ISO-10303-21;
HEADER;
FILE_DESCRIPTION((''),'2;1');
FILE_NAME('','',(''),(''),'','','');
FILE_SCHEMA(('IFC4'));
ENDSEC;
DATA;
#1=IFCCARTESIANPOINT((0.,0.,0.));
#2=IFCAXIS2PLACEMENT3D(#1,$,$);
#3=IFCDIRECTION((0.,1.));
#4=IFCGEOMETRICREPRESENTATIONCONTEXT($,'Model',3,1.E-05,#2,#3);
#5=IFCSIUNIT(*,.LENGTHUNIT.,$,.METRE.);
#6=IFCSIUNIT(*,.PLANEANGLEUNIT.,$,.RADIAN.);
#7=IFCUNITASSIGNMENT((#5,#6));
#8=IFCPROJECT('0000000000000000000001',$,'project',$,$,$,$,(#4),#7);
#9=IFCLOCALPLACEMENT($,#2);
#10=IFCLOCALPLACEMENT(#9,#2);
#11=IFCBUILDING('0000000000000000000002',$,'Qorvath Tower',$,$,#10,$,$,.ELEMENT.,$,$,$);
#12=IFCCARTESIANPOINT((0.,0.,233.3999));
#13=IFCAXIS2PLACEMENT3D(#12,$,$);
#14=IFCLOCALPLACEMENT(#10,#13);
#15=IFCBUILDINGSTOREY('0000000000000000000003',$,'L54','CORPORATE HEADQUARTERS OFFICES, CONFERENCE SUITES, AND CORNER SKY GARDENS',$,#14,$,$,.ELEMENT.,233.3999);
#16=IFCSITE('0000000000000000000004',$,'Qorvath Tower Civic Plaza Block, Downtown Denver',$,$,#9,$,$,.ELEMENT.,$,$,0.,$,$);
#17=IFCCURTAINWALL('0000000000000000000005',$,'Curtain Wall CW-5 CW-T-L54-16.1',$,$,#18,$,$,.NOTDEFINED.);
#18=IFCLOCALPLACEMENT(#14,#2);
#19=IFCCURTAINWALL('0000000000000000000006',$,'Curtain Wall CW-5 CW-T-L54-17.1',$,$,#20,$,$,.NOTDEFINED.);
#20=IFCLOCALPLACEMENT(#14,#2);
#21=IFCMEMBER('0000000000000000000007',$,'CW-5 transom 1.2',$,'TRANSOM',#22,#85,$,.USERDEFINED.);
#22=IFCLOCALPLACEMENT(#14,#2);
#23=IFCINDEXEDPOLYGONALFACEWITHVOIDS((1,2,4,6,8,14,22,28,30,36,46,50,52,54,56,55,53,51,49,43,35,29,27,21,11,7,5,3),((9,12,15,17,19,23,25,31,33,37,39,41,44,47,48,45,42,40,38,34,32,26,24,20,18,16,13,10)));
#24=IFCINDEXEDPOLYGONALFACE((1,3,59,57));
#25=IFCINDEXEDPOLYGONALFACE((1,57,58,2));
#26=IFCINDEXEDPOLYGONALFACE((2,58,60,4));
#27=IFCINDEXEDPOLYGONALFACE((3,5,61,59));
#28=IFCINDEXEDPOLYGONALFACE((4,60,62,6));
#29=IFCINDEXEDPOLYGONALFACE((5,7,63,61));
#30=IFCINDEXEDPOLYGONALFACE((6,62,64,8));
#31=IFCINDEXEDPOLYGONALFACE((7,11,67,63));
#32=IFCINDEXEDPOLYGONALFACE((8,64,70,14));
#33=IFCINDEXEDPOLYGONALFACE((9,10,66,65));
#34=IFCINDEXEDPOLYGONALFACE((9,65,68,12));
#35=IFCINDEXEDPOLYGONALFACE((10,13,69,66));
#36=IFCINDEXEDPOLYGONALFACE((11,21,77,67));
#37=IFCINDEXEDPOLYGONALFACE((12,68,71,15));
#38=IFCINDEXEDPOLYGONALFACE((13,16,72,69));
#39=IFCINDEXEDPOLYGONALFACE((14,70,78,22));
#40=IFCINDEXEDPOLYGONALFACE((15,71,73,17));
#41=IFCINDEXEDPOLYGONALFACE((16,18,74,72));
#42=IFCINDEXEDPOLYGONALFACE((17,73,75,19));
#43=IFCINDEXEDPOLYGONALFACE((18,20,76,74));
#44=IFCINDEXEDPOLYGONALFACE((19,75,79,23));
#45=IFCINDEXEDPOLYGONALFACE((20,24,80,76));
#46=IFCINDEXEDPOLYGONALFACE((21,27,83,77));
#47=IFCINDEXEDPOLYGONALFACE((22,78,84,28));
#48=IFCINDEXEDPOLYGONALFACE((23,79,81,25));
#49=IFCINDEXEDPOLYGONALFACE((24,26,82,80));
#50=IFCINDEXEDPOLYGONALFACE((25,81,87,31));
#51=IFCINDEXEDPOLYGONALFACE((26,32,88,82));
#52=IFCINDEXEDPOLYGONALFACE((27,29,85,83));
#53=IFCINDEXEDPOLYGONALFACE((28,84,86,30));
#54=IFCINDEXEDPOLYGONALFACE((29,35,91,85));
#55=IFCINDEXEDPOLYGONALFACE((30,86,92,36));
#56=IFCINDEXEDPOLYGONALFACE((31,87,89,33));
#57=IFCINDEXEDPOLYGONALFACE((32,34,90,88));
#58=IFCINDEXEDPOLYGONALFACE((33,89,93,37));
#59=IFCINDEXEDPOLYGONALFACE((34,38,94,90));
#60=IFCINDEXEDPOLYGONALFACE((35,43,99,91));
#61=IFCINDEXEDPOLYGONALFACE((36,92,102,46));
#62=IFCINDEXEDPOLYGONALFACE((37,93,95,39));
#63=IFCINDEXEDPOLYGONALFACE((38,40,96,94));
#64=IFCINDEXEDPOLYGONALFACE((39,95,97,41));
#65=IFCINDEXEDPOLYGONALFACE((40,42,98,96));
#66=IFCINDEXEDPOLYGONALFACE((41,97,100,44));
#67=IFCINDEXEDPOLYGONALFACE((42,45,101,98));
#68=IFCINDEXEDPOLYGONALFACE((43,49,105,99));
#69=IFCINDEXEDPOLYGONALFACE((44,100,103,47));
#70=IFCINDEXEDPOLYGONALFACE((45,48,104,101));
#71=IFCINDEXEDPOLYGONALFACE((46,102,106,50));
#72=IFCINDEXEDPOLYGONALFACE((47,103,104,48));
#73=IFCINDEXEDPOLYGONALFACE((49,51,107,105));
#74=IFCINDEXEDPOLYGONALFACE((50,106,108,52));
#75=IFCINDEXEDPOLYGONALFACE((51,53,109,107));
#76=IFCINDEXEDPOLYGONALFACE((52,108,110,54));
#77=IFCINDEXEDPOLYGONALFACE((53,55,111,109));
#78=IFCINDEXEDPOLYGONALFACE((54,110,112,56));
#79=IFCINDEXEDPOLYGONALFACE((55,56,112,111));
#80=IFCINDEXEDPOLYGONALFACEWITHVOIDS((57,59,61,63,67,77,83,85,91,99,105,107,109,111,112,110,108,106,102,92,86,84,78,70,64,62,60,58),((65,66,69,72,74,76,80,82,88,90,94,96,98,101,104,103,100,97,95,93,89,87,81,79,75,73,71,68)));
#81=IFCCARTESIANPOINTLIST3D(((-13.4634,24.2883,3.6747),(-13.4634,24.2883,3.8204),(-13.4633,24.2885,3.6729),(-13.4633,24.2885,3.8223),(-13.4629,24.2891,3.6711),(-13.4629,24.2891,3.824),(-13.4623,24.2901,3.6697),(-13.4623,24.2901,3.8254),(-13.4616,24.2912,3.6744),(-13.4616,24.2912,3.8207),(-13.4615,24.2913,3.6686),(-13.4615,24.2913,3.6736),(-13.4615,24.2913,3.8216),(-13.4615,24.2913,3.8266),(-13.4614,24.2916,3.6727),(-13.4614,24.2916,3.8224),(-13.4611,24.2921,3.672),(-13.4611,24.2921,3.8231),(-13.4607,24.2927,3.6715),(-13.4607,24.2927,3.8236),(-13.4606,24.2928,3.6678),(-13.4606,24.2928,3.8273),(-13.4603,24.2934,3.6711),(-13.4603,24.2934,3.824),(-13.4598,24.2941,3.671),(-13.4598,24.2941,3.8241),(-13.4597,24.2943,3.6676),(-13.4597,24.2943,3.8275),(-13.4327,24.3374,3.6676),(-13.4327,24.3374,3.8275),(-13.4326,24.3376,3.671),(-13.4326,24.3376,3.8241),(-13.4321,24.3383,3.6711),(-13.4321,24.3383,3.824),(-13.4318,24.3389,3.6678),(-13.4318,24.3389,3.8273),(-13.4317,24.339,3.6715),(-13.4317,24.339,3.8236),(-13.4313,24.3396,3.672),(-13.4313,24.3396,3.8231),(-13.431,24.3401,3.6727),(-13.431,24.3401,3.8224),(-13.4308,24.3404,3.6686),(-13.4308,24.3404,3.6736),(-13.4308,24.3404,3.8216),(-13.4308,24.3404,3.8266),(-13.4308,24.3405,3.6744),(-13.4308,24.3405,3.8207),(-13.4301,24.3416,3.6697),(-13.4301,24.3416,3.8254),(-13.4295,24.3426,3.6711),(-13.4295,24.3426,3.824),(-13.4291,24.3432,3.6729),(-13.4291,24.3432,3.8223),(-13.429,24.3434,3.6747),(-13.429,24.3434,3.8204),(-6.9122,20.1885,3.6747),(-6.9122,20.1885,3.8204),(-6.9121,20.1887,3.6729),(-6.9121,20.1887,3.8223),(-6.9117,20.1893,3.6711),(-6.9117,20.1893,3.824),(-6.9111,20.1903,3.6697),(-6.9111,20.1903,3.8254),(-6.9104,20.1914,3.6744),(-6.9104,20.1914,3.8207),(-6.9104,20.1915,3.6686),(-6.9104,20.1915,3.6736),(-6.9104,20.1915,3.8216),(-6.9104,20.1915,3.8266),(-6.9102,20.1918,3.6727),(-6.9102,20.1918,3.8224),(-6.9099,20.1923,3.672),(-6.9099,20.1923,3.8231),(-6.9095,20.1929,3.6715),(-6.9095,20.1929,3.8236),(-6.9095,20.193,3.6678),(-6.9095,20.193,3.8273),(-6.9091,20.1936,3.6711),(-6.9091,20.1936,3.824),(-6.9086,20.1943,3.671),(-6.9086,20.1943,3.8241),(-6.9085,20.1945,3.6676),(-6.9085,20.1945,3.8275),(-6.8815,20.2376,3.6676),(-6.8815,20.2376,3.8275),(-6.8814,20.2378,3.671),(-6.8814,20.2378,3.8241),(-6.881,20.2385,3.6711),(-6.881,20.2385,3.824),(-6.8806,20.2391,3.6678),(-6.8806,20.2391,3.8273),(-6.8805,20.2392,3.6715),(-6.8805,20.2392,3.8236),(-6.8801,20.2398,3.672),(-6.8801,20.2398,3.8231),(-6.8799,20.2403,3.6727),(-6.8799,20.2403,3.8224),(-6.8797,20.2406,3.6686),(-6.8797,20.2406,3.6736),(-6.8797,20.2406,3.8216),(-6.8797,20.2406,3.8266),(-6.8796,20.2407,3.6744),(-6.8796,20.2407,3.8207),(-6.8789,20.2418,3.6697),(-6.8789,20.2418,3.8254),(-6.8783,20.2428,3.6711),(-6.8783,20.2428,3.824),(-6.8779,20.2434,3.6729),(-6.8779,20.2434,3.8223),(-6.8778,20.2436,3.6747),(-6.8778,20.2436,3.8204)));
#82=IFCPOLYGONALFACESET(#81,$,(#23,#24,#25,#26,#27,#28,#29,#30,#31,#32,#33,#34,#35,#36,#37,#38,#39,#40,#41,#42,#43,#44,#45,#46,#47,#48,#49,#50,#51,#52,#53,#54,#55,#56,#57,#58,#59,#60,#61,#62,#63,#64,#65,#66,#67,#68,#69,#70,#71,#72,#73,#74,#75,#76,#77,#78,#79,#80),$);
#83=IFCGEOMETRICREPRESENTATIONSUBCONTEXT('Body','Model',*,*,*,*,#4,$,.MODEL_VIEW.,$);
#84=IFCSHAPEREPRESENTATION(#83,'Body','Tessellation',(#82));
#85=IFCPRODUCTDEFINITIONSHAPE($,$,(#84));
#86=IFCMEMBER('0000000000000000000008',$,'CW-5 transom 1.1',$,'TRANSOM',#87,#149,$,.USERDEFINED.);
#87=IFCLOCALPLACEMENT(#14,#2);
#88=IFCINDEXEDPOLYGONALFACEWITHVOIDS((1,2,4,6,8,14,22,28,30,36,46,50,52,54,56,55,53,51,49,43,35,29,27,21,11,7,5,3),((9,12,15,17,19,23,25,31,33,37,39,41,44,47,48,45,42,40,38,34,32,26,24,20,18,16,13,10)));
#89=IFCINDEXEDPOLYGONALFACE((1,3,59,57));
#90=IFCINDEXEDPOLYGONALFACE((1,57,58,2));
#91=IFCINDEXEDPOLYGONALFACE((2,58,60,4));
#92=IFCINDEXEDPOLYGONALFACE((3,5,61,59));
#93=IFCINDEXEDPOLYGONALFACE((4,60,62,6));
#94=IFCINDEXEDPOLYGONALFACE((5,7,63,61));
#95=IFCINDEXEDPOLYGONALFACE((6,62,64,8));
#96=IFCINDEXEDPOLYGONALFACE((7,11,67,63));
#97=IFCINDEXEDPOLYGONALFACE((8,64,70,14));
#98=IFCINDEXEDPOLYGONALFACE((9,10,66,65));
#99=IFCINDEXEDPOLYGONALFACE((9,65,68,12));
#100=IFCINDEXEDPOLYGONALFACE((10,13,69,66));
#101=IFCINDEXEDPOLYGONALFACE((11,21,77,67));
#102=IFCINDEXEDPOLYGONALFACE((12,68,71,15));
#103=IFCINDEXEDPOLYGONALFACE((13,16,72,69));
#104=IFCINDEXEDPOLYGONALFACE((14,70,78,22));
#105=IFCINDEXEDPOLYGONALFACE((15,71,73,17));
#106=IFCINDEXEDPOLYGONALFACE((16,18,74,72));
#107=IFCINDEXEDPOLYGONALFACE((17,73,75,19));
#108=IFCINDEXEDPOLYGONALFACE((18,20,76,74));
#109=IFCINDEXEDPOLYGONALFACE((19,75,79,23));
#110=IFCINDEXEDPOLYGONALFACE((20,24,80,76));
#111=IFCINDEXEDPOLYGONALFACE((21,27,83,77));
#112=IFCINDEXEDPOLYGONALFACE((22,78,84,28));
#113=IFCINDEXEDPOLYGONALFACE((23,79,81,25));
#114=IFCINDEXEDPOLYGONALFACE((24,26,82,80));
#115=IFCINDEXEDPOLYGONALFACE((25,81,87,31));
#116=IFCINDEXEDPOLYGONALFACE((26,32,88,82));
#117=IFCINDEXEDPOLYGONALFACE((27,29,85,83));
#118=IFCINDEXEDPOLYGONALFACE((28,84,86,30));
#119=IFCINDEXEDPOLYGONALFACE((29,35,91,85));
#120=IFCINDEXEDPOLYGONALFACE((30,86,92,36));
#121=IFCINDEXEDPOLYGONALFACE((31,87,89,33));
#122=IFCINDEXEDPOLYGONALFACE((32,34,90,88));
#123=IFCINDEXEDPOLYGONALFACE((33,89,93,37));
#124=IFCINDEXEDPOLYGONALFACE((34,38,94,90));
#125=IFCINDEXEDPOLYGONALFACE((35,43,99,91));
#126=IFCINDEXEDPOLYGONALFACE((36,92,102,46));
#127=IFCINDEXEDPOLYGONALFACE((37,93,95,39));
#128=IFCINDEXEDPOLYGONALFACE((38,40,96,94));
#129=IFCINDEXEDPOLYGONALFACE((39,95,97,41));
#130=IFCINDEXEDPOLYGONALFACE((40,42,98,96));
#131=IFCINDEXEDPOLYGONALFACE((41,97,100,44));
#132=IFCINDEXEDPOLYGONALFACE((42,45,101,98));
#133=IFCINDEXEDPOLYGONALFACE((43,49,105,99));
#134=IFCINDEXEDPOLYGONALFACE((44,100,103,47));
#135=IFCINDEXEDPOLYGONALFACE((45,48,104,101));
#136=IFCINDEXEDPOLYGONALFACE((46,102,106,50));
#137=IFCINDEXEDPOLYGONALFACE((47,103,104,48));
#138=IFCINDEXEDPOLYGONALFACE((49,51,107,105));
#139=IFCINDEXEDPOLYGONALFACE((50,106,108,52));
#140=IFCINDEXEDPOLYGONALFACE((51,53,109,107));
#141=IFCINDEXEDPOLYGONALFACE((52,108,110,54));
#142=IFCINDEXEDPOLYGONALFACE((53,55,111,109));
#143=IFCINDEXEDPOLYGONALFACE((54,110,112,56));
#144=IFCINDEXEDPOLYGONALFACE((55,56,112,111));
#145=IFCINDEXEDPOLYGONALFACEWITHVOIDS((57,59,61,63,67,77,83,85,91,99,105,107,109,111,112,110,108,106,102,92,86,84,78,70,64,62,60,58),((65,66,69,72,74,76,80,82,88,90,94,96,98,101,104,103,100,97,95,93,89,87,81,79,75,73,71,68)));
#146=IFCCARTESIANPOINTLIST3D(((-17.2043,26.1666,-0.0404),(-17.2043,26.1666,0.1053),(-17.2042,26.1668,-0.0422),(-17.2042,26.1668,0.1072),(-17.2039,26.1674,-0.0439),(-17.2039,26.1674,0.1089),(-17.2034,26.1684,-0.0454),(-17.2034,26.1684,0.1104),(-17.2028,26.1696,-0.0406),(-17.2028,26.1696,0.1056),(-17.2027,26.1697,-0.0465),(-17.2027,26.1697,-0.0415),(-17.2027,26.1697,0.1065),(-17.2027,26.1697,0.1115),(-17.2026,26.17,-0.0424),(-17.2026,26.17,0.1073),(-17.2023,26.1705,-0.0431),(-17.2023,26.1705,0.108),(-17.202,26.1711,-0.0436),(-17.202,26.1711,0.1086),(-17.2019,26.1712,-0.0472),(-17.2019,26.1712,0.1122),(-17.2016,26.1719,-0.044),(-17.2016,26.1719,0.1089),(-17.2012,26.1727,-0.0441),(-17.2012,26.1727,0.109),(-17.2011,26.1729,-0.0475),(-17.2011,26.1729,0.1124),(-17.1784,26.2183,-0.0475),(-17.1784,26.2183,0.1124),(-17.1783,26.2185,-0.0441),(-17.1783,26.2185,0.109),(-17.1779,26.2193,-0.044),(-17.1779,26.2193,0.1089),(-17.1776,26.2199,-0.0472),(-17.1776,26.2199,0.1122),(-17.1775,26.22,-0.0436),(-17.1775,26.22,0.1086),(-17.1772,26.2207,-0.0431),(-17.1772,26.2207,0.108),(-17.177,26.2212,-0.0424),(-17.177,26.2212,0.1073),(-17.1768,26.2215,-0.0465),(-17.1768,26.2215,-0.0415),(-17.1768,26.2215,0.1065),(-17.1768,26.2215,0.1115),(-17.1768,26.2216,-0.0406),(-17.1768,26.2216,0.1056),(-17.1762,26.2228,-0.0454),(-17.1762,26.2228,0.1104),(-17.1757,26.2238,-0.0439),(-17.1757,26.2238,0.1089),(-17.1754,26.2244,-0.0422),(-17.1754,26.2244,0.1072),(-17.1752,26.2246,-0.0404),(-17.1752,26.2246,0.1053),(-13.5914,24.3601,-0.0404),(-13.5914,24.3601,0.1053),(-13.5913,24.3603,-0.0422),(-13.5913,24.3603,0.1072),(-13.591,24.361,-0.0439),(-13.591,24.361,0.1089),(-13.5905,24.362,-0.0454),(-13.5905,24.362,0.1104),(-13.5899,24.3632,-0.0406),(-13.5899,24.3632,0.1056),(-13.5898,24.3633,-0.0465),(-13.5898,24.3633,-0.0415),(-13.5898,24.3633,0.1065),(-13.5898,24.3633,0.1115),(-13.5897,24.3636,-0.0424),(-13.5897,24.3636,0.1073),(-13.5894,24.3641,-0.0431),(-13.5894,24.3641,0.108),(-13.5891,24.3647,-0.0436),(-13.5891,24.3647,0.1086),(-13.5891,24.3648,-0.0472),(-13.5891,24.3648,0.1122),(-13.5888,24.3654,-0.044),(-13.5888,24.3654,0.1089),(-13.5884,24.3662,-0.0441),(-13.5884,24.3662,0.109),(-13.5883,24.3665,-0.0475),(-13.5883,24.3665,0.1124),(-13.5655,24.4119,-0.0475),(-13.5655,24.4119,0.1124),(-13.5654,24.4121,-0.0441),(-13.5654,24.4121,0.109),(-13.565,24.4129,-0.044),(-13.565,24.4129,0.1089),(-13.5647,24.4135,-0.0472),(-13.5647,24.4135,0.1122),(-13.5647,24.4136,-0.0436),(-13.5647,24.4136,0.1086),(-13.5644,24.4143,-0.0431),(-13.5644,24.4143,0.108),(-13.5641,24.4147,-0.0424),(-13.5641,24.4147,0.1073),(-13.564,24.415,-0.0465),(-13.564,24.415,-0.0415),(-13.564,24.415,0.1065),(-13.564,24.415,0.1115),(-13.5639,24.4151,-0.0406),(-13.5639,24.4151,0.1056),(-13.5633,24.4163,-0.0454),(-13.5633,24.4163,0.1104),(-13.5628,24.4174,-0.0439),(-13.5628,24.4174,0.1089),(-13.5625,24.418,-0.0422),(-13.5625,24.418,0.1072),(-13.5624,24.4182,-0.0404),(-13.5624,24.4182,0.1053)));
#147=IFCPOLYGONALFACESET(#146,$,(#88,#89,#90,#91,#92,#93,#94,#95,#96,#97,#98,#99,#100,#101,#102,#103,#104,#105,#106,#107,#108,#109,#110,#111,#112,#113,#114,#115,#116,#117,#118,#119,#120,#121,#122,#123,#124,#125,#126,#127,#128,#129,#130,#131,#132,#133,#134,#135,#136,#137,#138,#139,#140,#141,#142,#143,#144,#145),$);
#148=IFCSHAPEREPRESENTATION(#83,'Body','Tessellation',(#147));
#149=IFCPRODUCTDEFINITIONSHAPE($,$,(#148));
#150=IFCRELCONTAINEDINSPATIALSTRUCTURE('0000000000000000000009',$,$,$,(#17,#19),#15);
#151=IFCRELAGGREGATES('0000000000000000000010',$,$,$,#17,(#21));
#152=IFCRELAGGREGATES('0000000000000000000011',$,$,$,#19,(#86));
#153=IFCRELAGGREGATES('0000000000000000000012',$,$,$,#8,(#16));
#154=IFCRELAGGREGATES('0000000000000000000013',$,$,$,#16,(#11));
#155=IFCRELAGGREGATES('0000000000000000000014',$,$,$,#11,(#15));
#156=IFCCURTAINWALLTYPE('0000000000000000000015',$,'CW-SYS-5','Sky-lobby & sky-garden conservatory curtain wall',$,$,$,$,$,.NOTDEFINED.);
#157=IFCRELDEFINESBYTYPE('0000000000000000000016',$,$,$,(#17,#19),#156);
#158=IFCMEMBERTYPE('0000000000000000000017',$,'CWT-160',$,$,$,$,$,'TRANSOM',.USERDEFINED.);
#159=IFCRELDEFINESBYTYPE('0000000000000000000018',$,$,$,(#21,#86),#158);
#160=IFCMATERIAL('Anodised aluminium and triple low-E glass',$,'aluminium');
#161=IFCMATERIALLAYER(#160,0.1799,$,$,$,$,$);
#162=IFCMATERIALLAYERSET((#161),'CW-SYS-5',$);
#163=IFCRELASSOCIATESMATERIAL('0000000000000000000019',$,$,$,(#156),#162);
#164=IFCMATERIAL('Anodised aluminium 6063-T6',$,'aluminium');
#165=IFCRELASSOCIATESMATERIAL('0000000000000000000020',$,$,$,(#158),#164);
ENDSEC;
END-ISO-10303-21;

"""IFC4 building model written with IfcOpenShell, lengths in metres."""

from ifc_helpers import new_model, si_unit, direction, frame, origin, origin_2d, place, context, subcontext, project, spatial, hollow_rectangle, extrude, material, layer, layer_set, material_profile, profile_set, type_object, element, aggregate, save


model = new_model("IFC4")

# Units and contexts
model_context = context("Model", 3, precision=1e-05, world=origin(), true_north=direction((0.0, 1.0)))
body_context = subcontext(model_context, "Body", "Model", "MODEL_VIEW")
ifc_project = project(units=[si_unit("LENGTHUNIT", "METRE"), si_unit("PLANEANGLEUNIT", "RADIAN")], contexts=[model_context])

# Site, building, storey
site_placement = place(None, origin())
site = spatial("IfcSite", under=ifc_project, at=site_placement, Name="Qorvath Tower Civic Plaza Block, Downtown Denver", CompositionType="ELEMENT", RefElevation=0.0)
building_placement = place(site_placement, origin())
building = spatial("IfcBuilding", under=site, at=building_placement, Name="Qorvath Tower", CompositionType="ELEMENT")
storey_placement = place(building_placement, frame((0.0, 0.0, 233.3999)))
storey = spatial("IfcBuildingStorey", under=building, at=storey_placement, Name="L54", Description="CORPORATE HEADQUARTERS OFFICES, CONFERENCE SUITES, AND CORNER SKY GARDENS", CompositionType="ELEMENT", Elevation=233.3999)

# Shared definitions
ifc_material_1 = material(Name="Anodised aluminium and triple low-E glass", Category="aluminium")
ifc_layer_1 = layer(ifc_material_1, 0.1799)
ifc_layer_set_1 = layer_set([ifc_layer_1], Name="CW-SYS-5")
curtain_wall_type = type_object("IfcCurtainWallType", Name="CW-SYS-5", Description="Sky-lobby & sky-garden conservatory curtain wall", PredefinedType="NOTDEFINED", material=ifc_layer_set_1)

# Curtain walls
curtain_wall_1_placement = place(storey_placement, origin())
curtain_wall_1 = element("IfcCurtainWall", 1, at=curtain_wall_1_placement, inside=storey, type_object=curtain_wall_type, Name="Curtain Wall CW-5 CW-T-L54-16.1", PredefinedType="NOTDEFINED")
curtain_wall_2_placement = place(storey_placement, origin())
curtain_wall_2 = element("IfcCurtainWall", 2, at=curtain_wall_2_placement, inside=storey, type_object=curtain_wall_type, Name="Curtain Wall CW-5 CW-T-L54-17.1", PredefinedType="NOTDEFINED")

# Members
ifc_material_2 = material(Name="Anodised aluminium 6063-T6", Category="aluminium")
ifc_material_profile_1 = material_profile(ifc_material_2, hollow_rectangle(XDim=0.0649, YDim=0.1599, WallThickness=0.0034, InnerFilletRadius=0.0034, OuterFilletRadius=0.0071, at=origin_2d()), Name="CWT 160x65")
ifc_profile_set_1 = profile_set([ifc_material_profile_1], Name="Anodised aluminium 6063-T6")
member_type_1 = type_object("IfcMemberType", Name="CWT-160", ElementType="TRANSOM", PredefinedType="USERDEFINED", material=ifc_profile_set_1)
member_1_placement = place(storey_placement, frame((-6.895, 20.2161, 3.7476), z_axis=(-0.847689, 0.530493, 0.0), x_axis=(-0.530493, -0.847689, 0.0)))
member_1 = element("IfcMember", 3, at=member_1_placement, type_object=member_type_1, Name="CW-5 transom 1.2", ObjectType="TRANSOM", PredefinedType="USERDEFINED", context=body_context, shape_type="SweptSolid", body=[
    extrude(hollow_rectangle(XDim=0.0649, YDim=0.1599, WallThickness=0.0034, InnerFilletRadius=0.0034, OuterFilletRadius=0.0071, at=origin_2d()), origin(), (0.0, 0.0, 1.0), 7.7283),
])
member_2_placement = place(storey_placement, frame((-13.5769, 24.3892, 0.0325), z_axis=(-0.894427, 0.447214, 0.0), x_axis=(-0.447214, -0.894427, 0.0)))
member_2 = element("IfcMember", 4, at=member_2_placement, type_object=member_type_1, Name="CW-5 transom 1.1", ObjectType="TRANSOM", PredefinedType="USERDEFINED", context=body_context, shape_type="SweptSolid", body=[
    extrude(hollow_rectangle(XDim=0.0649, YDim=0.1599, WallThickness=0.0034, InnerFilletRadius=0.0034, OuterFilletRadius=0.0071, at=origin_2d()), origin(), (0.0, 0.0, 1.0), 4.0393),
])

aggregate(curtain_wall_1, [member_1])
aggregate(curtain_wall_2, [member_2])

save(model, "model.ifc")
